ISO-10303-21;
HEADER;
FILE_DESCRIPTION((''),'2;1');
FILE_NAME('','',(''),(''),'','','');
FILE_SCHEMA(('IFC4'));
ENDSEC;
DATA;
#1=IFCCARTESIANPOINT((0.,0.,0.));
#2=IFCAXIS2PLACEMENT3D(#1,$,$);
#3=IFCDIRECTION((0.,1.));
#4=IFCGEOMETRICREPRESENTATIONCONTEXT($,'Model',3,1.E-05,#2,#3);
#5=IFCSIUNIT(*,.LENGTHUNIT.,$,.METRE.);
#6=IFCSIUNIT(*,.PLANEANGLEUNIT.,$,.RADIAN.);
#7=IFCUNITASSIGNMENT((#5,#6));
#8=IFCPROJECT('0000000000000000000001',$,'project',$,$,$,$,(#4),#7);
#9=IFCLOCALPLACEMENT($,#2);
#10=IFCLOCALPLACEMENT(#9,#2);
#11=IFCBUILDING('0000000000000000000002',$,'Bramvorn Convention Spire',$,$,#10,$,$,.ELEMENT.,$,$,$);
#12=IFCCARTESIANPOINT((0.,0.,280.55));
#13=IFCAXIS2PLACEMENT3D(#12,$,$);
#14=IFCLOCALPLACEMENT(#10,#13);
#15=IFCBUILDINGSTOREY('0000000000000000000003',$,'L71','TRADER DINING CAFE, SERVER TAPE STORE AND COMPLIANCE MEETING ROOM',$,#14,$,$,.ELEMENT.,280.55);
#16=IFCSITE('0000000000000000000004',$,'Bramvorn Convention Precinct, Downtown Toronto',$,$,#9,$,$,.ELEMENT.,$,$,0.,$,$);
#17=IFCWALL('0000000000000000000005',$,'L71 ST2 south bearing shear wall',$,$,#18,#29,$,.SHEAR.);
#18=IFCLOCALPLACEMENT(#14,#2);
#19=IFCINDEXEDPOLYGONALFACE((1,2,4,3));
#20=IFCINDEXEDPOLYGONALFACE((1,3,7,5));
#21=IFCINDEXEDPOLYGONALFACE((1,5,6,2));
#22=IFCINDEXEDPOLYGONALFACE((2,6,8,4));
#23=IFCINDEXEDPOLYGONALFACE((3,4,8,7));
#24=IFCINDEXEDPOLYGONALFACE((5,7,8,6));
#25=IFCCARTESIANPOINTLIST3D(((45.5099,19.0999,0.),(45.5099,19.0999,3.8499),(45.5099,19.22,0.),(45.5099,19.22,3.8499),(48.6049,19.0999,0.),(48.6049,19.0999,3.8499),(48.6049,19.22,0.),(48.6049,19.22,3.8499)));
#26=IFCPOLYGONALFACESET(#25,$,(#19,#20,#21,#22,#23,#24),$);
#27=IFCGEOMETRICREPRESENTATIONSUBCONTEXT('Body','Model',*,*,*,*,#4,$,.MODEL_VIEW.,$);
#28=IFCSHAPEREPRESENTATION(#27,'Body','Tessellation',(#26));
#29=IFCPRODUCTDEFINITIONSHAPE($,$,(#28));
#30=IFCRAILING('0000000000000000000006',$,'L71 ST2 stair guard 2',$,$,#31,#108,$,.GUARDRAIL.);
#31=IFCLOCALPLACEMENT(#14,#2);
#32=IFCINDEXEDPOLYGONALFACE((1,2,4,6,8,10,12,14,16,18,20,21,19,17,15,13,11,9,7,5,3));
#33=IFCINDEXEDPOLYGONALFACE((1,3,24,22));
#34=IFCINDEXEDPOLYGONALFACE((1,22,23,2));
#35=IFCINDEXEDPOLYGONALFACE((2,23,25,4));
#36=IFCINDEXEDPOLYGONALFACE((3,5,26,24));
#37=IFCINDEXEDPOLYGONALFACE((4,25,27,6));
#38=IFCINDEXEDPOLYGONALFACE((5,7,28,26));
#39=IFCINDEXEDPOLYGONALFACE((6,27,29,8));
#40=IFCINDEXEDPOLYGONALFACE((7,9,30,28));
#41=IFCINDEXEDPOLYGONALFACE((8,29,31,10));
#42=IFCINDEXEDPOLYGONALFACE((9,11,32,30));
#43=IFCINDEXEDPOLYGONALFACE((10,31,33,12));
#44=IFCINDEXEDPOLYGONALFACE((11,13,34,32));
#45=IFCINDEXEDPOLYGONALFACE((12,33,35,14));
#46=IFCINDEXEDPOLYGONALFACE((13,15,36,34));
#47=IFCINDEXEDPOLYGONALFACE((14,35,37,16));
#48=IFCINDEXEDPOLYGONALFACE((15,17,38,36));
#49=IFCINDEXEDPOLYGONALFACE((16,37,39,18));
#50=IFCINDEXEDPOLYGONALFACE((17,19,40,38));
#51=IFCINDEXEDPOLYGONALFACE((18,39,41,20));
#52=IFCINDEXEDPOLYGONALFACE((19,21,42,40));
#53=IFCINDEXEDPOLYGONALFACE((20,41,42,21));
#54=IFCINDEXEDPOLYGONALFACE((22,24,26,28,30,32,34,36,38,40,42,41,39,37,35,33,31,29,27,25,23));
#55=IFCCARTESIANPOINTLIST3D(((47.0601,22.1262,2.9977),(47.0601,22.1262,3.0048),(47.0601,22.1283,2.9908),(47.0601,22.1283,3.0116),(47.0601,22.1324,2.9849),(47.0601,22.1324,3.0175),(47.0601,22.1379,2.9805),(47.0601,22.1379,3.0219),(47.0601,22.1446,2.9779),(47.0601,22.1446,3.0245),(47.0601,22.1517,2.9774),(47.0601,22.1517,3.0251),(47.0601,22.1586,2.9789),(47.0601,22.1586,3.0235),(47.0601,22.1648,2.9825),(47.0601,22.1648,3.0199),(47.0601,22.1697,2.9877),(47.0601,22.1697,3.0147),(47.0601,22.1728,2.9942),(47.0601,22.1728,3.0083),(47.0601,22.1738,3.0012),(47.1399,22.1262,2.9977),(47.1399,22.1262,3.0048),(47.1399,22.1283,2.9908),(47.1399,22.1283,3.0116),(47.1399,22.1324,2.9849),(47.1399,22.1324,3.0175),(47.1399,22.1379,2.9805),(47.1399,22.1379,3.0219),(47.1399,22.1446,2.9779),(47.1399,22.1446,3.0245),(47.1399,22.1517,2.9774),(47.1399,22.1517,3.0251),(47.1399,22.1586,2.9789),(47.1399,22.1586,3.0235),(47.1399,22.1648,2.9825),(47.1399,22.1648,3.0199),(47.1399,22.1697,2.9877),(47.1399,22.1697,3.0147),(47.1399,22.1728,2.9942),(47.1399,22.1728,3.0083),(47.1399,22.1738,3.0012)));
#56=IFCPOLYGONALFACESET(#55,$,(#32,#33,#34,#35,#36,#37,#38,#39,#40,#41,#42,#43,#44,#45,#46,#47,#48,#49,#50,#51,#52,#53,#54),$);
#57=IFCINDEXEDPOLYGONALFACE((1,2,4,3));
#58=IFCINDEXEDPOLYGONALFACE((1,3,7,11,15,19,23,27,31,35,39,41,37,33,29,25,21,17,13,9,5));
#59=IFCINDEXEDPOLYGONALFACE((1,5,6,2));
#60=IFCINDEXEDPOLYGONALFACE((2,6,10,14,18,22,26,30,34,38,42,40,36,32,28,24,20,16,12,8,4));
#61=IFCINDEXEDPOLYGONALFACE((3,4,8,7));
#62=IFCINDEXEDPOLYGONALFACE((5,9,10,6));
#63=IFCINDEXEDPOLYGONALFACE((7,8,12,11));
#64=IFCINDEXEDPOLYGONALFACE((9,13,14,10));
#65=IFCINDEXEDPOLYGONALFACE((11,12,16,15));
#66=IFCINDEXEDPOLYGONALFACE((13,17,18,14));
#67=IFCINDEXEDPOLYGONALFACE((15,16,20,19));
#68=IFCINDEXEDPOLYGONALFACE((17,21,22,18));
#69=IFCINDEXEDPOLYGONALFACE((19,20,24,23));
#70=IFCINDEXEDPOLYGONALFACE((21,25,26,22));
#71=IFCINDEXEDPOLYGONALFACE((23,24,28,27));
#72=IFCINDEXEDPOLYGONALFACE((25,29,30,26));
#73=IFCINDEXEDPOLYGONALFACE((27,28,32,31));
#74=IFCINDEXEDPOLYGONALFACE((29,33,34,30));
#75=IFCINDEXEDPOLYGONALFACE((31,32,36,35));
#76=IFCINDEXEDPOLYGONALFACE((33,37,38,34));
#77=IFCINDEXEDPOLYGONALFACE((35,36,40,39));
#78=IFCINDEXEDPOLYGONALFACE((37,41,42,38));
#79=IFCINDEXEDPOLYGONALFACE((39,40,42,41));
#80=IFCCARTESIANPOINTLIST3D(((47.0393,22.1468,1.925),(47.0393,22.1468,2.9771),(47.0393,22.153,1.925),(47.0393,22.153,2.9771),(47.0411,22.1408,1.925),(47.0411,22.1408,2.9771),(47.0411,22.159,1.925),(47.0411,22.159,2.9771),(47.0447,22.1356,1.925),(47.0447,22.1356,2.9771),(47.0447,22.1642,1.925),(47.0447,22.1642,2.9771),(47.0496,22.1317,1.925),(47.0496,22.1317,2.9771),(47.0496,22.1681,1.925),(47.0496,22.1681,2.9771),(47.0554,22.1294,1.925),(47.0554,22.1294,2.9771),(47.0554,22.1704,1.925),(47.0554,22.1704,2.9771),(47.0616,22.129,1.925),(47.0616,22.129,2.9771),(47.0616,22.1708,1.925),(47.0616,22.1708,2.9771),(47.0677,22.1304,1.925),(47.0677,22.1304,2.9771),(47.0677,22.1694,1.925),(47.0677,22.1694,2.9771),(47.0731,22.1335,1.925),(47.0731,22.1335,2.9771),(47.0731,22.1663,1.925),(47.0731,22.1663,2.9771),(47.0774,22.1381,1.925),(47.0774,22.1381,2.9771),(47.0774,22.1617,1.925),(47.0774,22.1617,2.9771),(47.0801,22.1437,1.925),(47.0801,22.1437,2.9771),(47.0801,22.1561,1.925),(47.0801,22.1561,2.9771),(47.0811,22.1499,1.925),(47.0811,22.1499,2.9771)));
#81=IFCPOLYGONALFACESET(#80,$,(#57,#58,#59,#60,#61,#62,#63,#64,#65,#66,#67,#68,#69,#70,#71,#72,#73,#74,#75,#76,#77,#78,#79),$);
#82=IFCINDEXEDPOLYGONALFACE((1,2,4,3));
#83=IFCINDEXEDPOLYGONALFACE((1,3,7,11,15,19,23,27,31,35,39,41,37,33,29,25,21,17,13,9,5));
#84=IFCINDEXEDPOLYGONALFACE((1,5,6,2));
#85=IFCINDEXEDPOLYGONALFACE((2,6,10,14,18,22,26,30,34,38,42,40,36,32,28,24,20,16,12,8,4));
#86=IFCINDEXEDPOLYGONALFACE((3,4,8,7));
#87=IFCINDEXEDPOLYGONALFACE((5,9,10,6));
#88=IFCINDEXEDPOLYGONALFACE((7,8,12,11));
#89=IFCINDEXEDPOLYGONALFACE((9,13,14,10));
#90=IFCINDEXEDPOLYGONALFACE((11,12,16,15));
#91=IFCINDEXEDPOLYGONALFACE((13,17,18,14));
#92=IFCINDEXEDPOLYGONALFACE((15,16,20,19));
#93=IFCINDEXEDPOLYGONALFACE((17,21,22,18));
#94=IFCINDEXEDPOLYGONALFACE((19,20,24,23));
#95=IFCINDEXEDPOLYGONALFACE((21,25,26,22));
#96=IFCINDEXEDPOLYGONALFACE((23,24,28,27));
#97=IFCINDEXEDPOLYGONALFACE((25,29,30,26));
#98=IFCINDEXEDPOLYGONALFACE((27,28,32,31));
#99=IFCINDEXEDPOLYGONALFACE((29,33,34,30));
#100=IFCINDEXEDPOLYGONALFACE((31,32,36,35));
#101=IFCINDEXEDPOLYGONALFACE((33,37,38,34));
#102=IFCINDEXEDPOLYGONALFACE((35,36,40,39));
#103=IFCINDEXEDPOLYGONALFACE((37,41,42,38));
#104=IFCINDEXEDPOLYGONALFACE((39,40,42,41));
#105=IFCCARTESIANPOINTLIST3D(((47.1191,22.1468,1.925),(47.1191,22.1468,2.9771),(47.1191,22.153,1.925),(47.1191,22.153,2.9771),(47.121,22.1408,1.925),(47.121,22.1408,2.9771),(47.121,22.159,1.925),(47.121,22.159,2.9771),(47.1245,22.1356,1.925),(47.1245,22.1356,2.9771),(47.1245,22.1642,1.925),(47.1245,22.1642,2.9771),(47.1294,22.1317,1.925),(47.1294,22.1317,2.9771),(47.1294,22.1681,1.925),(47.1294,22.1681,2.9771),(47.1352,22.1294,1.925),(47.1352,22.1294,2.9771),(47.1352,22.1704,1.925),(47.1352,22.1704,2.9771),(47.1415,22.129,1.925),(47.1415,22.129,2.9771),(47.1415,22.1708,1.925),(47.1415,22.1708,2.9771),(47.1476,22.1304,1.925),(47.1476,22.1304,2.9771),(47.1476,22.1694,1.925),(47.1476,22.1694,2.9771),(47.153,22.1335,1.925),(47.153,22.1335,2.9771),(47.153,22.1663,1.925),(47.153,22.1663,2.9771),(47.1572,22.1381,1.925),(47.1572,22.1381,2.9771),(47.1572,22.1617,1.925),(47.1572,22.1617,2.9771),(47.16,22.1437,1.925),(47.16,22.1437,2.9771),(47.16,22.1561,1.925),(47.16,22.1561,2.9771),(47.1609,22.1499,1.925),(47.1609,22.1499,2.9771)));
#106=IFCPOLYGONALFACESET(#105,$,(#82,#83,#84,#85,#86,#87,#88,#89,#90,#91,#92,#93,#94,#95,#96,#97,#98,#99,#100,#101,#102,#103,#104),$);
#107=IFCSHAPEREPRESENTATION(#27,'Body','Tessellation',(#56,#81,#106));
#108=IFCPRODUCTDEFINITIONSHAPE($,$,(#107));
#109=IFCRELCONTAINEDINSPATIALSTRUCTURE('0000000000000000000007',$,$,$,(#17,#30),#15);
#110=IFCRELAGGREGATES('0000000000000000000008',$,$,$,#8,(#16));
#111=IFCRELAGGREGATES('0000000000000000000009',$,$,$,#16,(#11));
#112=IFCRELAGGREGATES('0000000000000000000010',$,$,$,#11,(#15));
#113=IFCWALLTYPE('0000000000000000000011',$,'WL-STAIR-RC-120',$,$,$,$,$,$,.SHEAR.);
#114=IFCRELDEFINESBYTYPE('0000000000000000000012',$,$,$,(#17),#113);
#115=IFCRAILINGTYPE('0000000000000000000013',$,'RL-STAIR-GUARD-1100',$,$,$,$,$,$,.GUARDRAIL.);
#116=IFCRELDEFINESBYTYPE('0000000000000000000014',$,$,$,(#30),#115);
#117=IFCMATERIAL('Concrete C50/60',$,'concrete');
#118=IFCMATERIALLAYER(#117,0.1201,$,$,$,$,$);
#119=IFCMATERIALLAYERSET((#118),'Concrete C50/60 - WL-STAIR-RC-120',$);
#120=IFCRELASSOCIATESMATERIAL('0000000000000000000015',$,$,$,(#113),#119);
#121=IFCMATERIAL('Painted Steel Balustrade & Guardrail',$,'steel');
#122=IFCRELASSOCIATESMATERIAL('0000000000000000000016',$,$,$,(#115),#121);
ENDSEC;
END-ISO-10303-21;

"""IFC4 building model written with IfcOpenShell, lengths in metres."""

from ifc_helpers import new_model, si_unit, direction, frame, frame_2d, origin, origin_2d, place, context, subcontext, project, spatial, rectangle, circle, extrude, material, layer, layer_set, type_object, element, save


model = new_model("IFC4")

# Units and contexts
model_context = context("Model", 3, precision=1e-05, world=origin(), true_north=direction((0.0, 1.0)))
body_context = subcontext(model_context, "Body", "Model", "MODEL_VIEW")
ifc_project = project(units=[si_unit("LENGTHUNIT", "METRE"), si_unit("PLANEANGLEUNIT", "RADIAN")], contexts=[model_context])

# Site, building, storey
site_placement = place(None, origin())
site = spatial("IfcSite", under=ifc_project, at=site_placement, Name="Bramvorn Convention Precinct, Downtown Toronto", CompositionType="ELEMENT", RefElevation=0.0)
building_placement = place(site_placement, origin())
building = spatial("IfcBuilding", under=site, at=building_placement, Name="Bramvorn Convention Spire", CompositionType="ELEMENT")
storey_placement = place(building_placement, frame((0.0, 0.0, 280.55)))
storey = spatial("IfcBuildingStorey", under=building, at=storey_placement, Name="L71", Description="TRADER DINING CAFE, SERVER TAPE STORE AND COMPLIANCE MEETING ROOM", CompositionType="ELEMENT", Elevation=280.55)

# Shared definitions
ifc_material_1 = material(Name="Concrete C50/60", Category="concrete")

# Wall
ifc_layer_1 = layer(ifc_material_1, 0.1201)
ifc_layer_set_1 = layer_set([ifc_layer_1], Name="Concrete C50/60 - WL-STAIR-RC-120")
wall_type_1 = type_object("IfcWallType", Name="WL-STAIR-RC-120", PredefinedType="SHEAR", material=ifc_layer_set_1)
wall_1_placement = place(storey_placement, frame((45.51, 19.1599, 0.0), z_axis=(0.0, 0.0, 1.0), x_axis=(1.0, 0.0, 0.0)))
element("IfcWall", 1, at=wall_1_placement, inside=storey, type_object=wall_type_1, Name="L71 ST2 south bearing shear wall", PredefinedType="SHEAR", context=body_context, shape_type="SweptSolid", body=[
    extrude(rectangle(XDim=3.095, YDim=0.1201, at=frame_2d((1.5474, 0.0))), origin(), (0.0, 0.0, 1.0), 3.8499),
])

# Railing
ifc_material_2 = material(Name="Painted Steel Balustrade & Guardrail", Category="steel")
railing_type = type_object("IfcRailingType", Name="RL-STAIR-GUARD-1100", PredefinedType="GUARDRAIL", material=ifc_material_2)
railing_1_placement = place(storey_placement, frame((47.0601, 22.1499, 1.925)))
element("IfcRailing", 2, at=railing_1_placement, inside=storey, type_object=railing_type, Name="L71 ST2 stair guard 2", PredefinedType="GUARDRAIL", context=body_context, shape_type="SweptSolid", body=[
    extrude(circle(Radius=0.0239, at=origin_2d()), frame((0.0, 0.0, 1.0762), z_axis=(1.0, 0.0, 0.0), x_axis=(0.0, 1.0, 0.0)), (0.0, 0.0, 1.0), 0.0798),
    extrude(circle(Radius=0.021, at=origin_2d()), origin(), (0.0, 0.0, 1.0), 1.052),
    extrude(circle(Radius=0.021, at=origin_2d()), frame((0.0798, 0.0, 0.0)), (0.0, 0.0, 1.0), 1.052),
])

save(model, "model.ifc")
